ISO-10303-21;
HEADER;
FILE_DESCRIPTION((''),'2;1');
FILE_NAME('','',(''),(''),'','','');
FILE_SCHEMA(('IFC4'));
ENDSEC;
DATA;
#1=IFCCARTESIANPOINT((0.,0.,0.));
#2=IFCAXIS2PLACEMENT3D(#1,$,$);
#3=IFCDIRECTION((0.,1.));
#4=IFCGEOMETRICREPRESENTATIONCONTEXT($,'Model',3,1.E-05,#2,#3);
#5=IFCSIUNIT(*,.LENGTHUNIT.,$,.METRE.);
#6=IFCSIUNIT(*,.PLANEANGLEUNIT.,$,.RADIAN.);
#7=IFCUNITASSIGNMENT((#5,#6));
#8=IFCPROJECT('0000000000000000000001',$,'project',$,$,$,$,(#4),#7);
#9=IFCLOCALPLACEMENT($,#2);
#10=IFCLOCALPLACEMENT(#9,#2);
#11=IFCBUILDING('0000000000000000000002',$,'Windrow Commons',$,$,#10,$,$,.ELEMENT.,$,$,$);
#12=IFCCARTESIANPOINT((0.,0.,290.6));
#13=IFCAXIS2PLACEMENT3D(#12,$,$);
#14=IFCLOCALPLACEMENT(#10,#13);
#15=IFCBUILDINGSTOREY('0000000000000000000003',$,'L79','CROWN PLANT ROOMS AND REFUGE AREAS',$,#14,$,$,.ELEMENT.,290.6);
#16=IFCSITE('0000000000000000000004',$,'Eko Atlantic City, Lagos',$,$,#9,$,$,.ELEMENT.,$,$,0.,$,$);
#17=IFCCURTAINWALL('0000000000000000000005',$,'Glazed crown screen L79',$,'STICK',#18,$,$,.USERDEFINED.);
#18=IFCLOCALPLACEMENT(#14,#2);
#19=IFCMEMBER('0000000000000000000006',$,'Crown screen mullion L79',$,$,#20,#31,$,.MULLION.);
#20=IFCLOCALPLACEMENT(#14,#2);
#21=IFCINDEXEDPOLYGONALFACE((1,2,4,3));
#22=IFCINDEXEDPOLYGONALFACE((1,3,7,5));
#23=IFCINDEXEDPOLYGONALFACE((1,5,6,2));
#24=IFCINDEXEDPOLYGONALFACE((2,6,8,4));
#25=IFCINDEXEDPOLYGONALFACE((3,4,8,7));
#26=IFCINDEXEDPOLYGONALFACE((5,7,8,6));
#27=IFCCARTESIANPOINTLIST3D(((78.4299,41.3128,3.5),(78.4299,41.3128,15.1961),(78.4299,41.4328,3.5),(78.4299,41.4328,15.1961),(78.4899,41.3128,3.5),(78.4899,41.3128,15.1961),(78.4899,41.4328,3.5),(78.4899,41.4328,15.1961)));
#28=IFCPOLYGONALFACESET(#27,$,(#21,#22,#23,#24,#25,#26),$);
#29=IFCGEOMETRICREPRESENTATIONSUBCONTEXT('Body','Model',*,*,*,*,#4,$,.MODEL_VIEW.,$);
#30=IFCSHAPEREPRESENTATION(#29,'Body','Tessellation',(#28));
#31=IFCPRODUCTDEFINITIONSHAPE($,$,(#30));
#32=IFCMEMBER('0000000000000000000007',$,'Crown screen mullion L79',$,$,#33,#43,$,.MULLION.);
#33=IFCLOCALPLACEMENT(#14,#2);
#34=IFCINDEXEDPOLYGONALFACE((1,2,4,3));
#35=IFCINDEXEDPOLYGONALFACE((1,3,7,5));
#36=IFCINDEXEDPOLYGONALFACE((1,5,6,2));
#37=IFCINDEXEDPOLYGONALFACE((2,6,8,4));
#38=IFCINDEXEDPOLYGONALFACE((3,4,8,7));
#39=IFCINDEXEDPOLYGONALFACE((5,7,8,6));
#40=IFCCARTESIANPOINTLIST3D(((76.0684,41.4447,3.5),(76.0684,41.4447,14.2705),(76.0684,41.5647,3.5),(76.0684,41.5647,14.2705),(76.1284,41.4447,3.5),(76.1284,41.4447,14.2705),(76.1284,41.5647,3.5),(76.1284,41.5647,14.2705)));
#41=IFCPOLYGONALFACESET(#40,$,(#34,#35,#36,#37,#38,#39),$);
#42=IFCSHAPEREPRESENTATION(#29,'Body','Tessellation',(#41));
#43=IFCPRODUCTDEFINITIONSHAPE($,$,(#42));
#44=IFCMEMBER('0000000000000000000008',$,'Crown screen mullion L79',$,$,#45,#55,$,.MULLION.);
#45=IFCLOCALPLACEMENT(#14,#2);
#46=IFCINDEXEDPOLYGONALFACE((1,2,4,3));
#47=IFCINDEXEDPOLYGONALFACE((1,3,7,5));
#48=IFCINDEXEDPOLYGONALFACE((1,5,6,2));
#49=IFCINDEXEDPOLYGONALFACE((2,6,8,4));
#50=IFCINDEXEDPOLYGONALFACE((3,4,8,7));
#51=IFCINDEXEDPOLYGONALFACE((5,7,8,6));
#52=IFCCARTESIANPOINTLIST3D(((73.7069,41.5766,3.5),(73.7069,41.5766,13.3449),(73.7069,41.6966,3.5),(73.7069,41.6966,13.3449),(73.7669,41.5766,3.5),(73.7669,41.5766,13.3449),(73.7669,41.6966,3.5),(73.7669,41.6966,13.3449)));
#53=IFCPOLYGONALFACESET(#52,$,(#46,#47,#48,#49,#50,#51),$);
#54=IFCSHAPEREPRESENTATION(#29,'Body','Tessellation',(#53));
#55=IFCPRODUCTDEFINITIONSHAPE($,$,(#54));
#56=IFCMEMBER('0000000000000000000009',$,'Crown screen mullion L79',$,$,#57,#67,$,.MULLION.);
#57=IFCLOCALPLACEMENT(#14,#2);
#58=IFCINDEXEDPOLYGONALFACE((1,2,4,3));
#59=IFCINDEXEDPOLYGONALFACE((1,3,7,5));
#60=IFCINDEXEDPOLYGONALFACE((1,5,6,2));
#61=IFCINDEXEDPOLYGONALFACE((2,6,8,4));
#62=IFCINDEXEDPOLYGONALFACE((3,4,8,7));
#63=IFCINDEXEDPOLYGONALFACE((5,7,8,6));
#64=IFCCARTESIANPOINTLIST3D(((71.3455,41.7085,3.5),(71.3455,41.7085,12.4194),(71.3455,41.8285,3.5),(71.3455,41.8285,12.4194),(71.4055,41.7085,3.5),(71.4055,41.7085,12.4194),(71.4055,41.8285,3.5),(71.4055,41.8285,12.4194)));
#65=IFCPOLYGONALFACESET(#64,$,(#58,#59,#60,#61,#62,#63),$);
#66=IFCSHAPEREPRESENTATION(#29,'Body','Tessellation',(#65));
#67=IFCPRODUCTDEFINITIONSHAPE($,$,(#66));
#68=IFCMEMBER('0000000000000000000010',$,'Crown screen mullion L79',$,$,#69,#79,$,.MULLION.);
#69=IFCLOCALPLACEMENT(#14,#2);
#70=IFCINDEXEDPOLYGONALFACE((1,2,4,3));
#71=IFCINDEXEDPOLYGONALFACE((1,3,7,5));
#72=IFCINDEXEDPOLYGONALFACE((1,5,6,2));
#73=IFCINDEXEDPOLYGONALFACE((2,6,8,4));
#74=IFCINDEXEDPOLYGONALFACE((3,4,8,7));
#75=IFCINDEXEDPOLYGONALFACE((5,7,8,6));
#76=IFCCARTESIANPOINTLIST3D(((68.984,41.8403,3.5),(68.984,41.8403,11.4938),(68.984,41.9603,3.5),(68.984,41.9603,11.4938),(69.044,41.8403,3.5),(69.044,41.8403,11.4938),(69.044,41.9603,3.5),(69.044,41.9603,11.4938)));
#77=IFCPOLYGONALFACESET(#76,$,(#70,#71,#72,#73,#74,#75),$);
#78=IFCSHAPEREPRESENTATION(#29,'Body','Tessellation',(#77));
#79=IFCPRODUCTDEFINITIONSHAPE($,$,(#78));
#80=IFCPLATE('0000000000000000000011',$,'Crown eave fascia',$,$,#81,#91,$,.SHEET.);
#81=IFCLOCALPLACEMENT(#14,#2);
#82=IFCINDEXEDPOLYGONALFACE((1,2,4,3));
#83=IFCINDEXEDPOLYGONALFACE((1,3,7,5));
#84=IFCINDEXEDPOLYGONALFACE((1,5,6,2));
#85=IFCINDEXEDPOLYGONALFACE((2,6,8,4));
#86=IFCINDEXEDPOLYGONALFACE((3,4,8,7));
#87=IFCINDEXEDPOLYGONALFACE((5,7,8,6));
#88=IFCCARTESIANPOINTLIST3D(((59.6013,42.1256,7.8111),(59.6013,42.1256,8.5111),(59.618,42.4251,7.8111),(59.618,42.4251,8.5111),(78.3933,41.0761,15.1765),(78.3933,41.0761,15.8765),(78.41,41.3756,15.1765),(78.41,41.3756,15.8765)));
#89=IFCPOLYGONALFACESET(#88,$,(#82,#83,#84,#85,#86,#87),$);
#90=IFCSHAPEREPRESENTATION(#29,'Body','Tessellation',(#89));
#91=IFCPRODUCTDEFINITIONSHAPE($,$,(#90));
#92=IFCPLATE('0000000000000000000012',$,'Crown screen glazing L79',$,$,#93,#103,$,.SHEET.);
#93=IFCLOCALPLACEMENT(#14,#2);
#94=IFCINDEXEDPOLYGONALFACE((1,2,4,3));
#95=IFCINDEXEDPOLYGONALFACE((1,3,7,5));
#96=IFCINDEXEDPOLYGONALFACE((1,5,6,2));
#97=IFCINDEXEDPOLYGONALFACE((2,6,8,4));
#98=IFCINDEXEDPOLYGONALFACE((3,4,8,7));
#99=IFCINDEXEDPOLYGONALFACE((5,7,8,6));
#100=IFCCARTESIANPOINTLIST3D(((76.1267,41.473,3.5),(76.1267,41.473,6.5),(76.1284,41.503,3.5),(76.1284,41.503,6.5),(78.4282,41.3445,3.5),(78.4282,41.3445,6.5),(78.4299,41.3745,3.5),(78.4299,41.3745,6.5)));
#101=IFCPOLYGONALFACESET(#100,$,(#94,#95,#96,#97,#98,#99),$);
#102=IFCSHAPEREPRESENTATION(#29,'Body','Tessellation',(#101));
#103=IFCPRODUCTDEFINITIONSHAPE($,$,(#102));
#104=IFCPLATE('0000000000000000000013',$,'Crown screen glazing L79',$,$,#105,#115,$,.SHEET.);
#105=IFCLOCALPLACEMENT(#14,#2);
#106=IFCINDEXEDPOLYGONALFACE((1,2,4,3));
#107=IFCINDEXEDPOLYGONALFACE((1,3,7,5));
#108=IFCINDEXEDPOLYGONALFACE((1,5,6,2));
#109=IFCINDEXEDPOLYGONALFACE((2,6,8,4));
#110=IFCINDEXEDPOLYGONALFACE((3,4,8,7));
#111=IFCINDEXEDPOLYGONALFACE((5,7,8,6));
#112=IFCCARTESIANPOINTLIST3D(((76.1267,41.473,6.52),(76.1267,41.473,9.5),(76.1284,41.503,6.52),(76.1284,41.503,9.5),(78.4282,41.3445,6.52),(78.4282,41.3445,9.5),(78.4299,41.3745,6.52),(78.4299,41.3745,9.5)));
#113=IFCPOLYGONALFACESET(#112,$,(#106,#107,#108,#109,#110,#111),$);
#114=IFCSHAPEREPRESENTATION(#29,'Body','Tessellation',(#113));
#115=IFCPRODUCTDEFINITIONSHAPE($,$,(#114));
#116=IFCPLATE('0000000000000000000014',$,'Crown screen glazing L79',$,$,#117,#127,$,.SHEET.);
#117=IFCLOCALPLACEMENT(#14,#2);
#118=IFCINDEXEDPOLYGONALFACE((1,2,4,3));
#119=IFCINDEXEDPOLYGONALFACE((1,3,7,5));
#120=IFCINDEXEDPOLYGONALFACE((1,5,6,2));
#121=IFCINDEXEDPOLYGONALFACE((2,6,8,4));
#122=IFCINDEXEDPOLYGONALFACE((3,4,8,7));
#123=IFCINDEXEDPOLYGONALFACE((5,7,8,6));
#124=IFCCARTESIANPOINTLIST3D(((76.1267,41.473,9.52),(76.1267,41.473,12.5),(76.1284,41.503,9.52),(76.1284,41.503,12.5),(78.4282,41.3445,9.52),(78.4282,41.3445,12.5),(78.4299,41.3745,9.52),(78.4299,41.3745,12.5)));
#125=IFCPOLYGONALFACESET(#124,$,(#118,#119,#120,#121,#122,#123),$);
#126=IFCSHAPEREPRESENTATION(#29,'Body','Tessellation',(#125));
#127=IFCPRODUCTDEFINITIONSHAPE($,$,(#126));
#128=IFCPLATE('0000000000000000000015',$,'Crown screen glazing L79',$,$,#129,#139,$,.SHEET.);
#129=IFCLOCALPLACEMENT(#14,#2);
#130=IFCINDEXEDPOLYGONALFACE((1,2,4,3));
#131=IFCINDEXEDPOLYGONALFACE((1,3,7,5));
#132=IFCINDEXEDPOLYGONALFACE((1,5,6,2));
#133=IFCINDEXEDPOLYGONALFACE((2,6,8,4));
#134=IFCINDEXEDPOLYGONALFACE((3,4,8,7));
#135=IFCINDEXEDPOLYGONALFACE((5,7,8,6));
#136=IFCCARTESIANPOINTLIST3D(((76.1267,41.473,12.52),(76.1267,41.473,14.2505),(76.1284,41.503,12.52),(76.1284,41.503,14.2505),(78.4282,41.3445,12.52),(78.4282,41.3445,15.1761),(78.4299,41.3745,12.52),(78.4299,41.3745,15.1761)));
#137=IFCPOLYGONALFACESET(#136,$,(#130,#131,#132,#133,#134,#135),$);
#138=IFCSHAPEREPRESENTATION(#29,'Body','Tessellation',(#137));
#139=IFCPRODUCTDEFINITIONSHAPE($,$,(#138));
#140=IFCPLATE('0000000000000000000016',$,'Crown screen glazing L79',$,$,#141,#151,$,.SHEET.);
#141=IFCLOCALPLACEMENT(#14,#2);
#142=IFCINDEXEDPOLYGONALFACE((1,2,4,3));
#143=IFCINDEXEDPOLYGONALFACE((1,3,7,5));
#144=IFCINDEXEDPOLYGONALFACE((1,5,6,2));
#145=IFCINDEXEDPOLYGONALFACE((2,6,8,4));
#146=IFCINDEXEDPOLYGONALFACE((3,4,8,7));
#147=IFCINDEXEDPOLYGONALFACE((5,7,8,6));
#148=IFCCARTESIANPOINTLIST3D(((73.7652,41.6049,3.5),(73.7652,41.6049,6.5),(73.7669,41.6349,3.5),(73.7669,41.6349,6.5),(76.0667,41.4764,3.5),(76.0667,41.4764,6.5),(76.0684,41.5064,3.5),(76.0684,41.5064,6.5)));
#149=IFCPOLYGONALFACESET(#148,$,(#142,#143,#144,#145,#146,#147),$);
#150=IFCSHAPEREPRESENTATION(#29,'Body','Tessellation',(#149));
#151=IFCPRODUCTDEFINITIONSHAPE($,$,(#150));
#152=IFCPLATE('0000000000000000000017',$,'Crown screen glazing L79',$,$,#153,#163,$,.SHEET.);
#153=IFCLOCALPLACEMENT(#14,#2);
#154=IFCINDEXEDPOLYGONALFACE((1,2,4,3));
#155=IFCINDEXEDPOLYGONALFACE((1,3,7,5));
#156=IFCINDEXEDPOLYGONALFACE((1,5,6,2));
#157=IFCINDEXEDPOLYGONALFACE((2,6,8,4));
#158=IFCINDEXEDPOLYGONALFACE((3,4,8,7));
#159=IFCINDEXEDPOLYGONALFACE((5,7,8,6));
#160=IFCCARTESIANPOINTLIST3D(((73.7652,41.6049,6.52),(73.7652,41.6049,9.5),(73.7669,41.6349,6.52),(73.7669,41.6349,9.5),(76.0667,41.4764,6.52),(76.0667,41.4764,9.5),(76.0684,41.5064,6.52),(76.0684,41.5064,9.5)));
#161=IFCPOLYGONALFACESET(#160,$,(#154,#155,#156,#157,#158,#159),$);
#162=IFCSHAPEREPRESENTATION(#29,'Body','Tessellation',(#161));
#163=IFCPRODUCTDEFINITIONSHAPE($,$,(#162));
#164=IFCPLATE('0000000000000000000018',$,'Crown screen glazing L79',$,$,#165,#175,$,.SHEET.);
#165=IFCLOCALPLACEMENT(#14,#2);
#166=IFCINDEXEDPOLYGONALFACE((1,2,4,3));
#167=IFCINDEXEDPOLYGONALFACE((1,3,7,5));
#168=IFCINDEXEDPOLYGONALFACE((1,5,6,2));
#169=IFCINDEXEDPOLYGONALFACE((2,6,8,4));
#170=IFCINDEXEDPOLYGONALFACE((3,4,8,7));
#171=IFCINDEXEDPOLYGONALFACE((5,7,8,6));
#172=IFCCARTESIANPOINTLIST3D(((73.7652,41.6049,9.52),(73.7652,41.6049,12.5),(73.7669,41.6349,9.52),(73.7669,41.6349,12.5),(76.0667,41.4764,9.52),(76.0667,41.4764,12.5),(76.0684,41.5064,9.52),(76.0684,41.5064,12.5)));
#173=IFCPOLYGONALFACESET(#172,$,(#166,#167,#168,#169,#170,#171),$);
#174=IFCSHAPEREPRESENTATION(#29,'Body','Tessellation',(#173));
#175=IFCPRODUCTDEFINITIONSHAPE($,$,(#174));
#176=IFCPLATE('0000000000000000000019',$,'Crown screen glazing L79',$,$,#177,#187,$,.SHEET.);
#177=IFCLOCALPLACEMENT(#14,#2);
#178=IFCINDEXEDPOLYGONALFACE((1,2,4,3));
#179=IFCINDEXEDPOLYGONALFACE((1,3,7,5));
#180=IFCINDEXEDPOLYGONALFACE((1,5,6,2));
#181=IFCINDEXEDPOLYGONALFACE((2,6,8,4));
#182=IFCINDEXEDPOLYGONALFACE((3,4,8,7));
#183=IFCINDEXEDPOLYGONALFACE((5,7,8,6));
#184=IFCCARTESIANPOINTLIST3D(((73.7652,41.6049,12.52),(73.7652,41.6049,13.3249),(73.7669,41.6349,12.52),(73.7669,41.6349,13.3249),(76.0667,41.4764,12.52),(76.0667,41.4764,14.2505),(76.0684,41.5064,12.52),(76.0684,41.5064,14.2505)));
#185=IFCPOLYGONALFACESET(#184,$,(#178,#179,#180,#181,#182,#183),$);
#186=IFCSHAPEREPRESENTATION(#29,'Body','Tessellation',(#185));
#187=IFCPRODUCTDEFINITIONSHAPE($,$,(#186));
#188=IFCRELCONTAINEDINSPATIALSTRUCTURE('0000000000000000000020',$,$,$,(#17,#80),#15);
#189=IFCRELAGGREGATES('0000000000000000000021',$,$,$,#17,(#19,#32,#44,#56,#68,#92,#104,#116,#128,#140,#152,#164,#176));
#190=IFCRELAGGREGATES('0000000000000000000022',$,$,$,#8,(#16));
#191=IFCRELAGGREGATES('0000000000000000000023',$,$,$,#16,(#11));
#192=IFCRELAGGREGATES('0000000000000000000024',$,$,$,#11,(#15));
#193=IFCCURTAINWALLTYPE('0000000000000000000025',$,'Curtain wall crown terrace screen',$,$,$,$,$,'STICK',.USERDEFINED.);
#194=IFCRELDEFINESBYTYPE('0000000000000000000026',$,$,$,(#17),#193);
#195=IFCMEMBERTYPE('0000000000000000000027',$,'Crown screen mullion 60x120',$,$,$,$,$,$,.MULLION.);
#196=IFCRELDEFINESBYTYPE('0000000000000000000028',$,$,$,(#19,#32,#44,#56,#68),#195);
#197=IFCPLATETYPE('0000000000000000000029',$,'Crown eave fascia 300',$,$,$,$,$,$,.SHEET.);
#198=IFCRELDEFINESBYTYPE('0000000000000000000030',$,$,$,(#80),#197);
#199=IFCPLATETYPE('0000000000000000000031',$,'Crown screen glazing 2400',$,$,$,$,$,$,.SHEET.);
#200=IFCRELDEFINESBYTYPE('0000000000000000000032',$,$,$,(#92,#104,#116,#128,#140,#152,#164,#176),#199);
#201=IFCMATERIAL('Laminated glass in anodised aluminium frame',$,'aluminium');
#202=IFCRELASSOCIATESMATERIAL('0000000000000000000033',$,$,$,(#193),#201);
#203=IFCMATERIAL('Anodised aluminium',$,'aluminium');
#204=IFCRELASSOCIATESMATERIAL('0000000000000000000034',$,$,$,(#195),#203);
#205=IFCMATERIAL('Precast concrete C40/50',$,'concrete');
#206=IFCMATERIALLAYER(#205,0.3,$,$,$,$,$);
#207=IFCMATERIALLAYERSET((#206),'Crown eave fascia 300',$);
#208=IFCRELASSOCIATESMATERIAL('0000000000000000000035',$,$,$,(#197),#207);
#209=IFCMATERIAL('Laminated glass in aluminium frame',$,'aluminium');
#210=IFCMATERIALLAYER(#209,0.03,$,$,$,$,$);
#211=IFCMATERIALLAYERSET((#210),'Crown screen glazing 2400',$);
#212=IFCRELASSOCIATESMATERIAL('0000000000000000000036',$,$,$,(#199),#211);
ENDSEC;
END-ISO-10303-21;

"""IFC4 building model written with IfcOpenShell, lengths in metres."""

from ifc_helpers import new_model, si_unit, direction, frame, origin, origin_2d, place, context, subcontext, project, spatial, polyline, rectangle, outline, extrude, material, layer, layer_set, material_profile, profile_set, type_object, element, aggregate, save


model = new_model("IFC4")

# Units and contexts
model_context = context("Model", 3, precision=1e-05, world=origin(), true_north=direction((0.0, 1.0)))
body_context = subcontext(model_context, "Body", "Model", "MODEL_VIEW")
ifc_project = project(units=[si_unit("LENGTHUNIT", "METRE"), si_unit("PLANEANGLEUNIT", "RADIAN")], contexts=[model_context])

# Site, building, storey
site_placement = place(None, origin())
site = spatial("IfcSite", under=ifc_project, at=site_placement, Name="Eko Atlantic City, Lagos", CompositionType="ELEMENT", RefElevation=0.0)
building_placement = place(site_placement, origin())
building = spatial("IfcBuilding", under=site, at=building_placement, Name="Windrow Commons", CompositionType="ELEMENT")
storey_placement = place(building_placement, frame((0.0, 0.0, 290.6)))
storey = spatial("IfcBuildingStorey", under=building, at=storey_placement, Name="L79", Description="CROWN PLANT ROOMS AND REFUGE AREAS", CompositionType="ELEMENT", Elevation=290.6)

# Curtain wall, members
ifc_material_1 = material(Name="Laminated glass in anodised aluminium frame", Category="aluminium")
curtain_wall_type = type_object("IfcCurtainWallType", Name="Curtain wall crown terrace screen", ElementType="STICK", PredefinedType="USERDEFINED", material=ifc_material_1)
curtain_wall_placement = place(storey_placement, origin())
curtain_wall = element("IfcCurtainWall", 1, at=curtain_wall_placement, inside=storey, type_object=curtain_wall_type, Name="Glazed crown screen L79", ObjectType="STICK", PredefinedType="USERDEFINED")
ifc_material_2 = material(Name="Anodised aluminium", Category="aluminium")
ifc_material_profile = material_profile(ifc_material_2, rectangle(XDim=0.06, YDim=0.12, at=origin_2d()))
ifc_profile_set = profile_set([ifc_material_profile], Name="Anodised aluminium")
member_type = type_object("IfcMemberType", Name="Crown screen mullion 60x120", PredefinedType="MULLION", material=ifc_profile_set)
member_1_placement = place(storey_placement, frame((78.4599, 41.3728, 3.5), z_axis=(0.0, 0.0, 1.0), x_axis=(1.0, 0.0, 0.0)))
member_1 = element("IfcMember", 2, at=member_1_placement, type_object=member_type, Name="Crown screen mullion L79", PredefinedType="MULLION", context=body_context, shape_type="SweptSolid", body=[
    extrude(rectangle(XDim=0.06, YDim=0.12, at=origin_2d()), origin(), (0.0, 0.0, 1.0), 11.6961),
])
member_2_placement = place(storey_placement, frame((76.0984, 41.5047, 3.5), z_axis=(0.0, 0.0, 1.0), x_axis=(1.0, 0.0, 0.0)))
member_2 = element("IfcMember", 3, at=member_2_placement, type_object=member_type, Name="Crown screen mullion L79", PredefinedType="MULLION", context=body_context, shape_type="SweptSolid", body=[
    extrude(rectangle(XDim=0.06, YDim=0.12, at=origin_2d()), origin(), (0.0, 0.0, 1.0), 10.7705),
])
member_3_placement = place(storey_placement, frame((73.7369, 41.6366, 3.5), z_axis=(0.0, 0.0, 1.0), x_axis=(1.0, 0.0, 0.0)))
member_3 = element("IfcMember", 4, at=member_3_placement, type_object=member_type, Name="Crown screen mullion L79", PredefinedType="MULLION", context=body_context, shape_type="SweptSolid", body=[
    extrude(rectangle(XDim=0.06, YDim=0.12, at=origin_2d()), origin(), (0.0, 0.0, 1.0), 9.8449),
])
member_4_placement = place(storey_placement, frame((71.3755, 41.7685, 3.5), z_axis=(0.0, 0.0, 1.0), x_axis=(1.0, 0.0, 0.0)))
member_4 = element("IfcMember", 5, at=member_4_placement, type_object=member_type, Name="Crown screen mullion L79", PredefinedType="MULLION", context=body_context, shape_type="SweptSolid", body=[
    extrude(rectangle(XDim=0.06, YDim=0.12, at=origin_2d()), origin(), (0.0, 0.0, 1.0), 8.9194),
])
member_5_placement = place(storey_placement, frame((69.014, 41.9003, 3.5), z_axis=(0.0, 0.0, 1.0), x_axis=(1.0, 0.0, 0.0)))
member_5 = element("IfcMember", 6, at=member_5_placement, type_object=member_type, Name="Crown screen mullion L79", PredefinedType="MULLION", context=body_context, shape_type="SweptSolid", body=[
    extrude(rectangle(XDim=0.06, YDim=0.12, at=origin_2d()), origin(), (0.0, 0.0, 1.0), 7.9938),
])

# Plates
ifc_material_3 = material(Name="Precast concrete C40/50", Category="concrete")
ifc_layer_1 = layer(ifc_material_3, 0.3)
ifc_layer_set_1 = layer_set([ifc_layer_1], Name="Crown eave fascia 300")
plate_type_1 = type_object("IfcPlateType", Name="Crown eave fascia 300", PredefinedType="SHEET", material=ifc_layer_set_1)
plate_1_placement = place(storey_placement, frame((78.41, 41.3756, 15.1765), z_axis=(0.055761, 0.998444, 0.0), x_axis=(-0.929785, 0.051927, -0.364423)))
element("IfcPlate", 7, at=plate_1_placement, inside=storey, type_object=plate_type_1, Name="Crown eave fascia", PredefinedType="SHEET", context=body_context, shape_type="SweptSolid", body=[
    extrude(outline(polyline([(0.0, 0.0), (20.2111, 0.0), (19.956, 0.6519), (-0.2551, 0.6519), (0.0, 0.0)])), origin(), (0.0, 0.0, -1.0), 0.3),
])
ifc_material_4 = material(Name="Laminated glass in aluminium frame", Category="aluminium")
ifc_layer_2 = layer(ifc_material_4, 0.03)
ifc_layer_set_2 = layer_set([ifc_layer_2], Name="Crown screen glazing 2400")
plate_type_2 = type_object("IfcPlateType", Name="Crown screen glazing 2400", PredefinedType="SHEET", material=ifc_layer_set_2)
plate_2_placement = place(storey_placement, frame((78.4299, 41.3745, 3.5), z_axis=(0.055746, 0.998445, 0.0), x_axis=(-0.998445, 0.055746, 0.0)))
plate_2 = element("IfcPlate", 8, at=plate_2_placement, type_object=plate_type_2, Name="Crown screen glazing L79", PredefinedType="SHEET", context=body_context, shape_type="SweptSolid", body=[
    extrude(outline(polyline([(0.0, 0.0), (2.3051, 0.0), (2.3051, 3.0), (0.0, 3.0), (0.0, 0.0)])), origin(), (0.0, 0.0, -1.0), 0.03),
])
plate_3_placement = place(storey_placement, frame((78.4299, 41.3745, 6.52), z_axis=(0.055746, 0.998445, 0.0), x_axis=(-0.998445, 0.055746, 0.0)))
plate_3 = element("IfcPlate", 9, at=plate_3_placement, type_object=plate_type_2, Name="Crown screen glazing L79", PredefinedType="SHEET", context=body_context, shape_type="SweptSolid", body=[
    extrude(outline(polyline([(0.0, 0.0), (2.3051, 0.0), (2.3051, 2.98), (0.0, 2.98), (0.0, 0.0)])), origin(), (0.0, 0.0, -1.0), 0.03),
])
plate_4_placement = place(storey_placement, frame((78.4299, 41.3745, 9.52), z_axis=(0.055746, 0.998445, 0.0), x_axis=(-0.998445, 0.055746, 0.0)))
plate_4 = element("IfcPlate", 10, at=plate_4_placement, type_object=plate_type_2, Name="Crown screen glazing L79", PredefinedType="SHEET", context=body_context, shape_type="SweptSolid", body=[
    extrude(outline(polyline([(0.0, 0.0), (2.3051, 0.0), (2.3051, 2.98), (0.0, 2.98), (0.0, 0.0)])), origin(), (0.0, 0.0, -1.0), 0.03),
])
plate_5_placement = place(storey_placement, frame((78.4299, 41.3745, 12.52), z_axis=(0.055746, 0.998445, 0.0), x_axis=(-0.998445, 0.055746, 0.0)))
plate_5 = element("IfcPlate", 11, at=plate_5_placement, type_object=plate_type_2, Name="Crown screen glazing L79", PredefinedType="SHEET", context=body_context, shape_type="SweptSolid", body=[
    extrude(outline(polyline([(0.0, 0.0), (2.3051, 0.0), (2.3051, 1.7305), (0.0, 2.6561), (0.0, 0.0)])), origin(), (0.0, 0.0, -1.0), 0.03),
])
plate_6_placement = place(storey_placement, frame((76.0684, 41.5064, 3.5), z_axis=(0.055746, 0.998445, 0.0), x_axis=(-0.998445, 0.055746, 0.0)))
plate_6 = element("IfcPlate", 12, at=plate_6_placement, type_object=plate_type_2, Name="Crown screen glazing L79", PredefinedType="SHEET", context=body_context, shape_type="SweptSolid", body=[
    extrude(outline(polyline([(0.0, 0.0), (2.3051, 0.0), (2.3051, 3.0), (0.0, 3.0), (0.0, 0.0)])), origin(), (0.0, 0.0, -1.0), 0.03),
])
plate_7_placement = place(storey_placement, frame((76.0684, 41.5064, 6.52), z_axis=(0.055746, 0.998445, 0.0), x_axis=(-0.998445, 0.055746, 0.0)))
plate_7 = element("IfcPlate", 13, at=plate_7_placement, type_object=plate_type_2, Name="Crown screen glazing L79", PredefinedType="SHEET", context=body_context, shape_type="SweptSolid", body=[
    extrude(outline(polyline([(0.0, 0.0), (2.3051, 0.0), (2.3051, 2.98), (0.0, 2.98), (0.0, 0.0)])), origin(), (0.0, 0.0, -1.0), 0.03),
])
plate_8_placement = place(storey_placement, frame((76.0684, 41.5064, 9.52), z_axis=(0.055746, 0.998445, 0.0), x_axis=(-0.998445, 0.055746, 0.0)))
plate_8 = element("IfcPlate", 14, at=plate_8_placement, type_object=plate_type_2, Name="Crown screen glazing L79", PredefinedType="SHEET", context=body_context, shape_type="SweptSolid", body=[
    extrude(outline(polyline([(0.0, 0.0), (2.3051, 0.0), (2.3051, 2.98), (0.0, 2.98), (0.0, 0.0)])), origin(), (0.0, 0.0, -1.0), 0.03),
])
plate_9_placement = place(storey_placement, frame((76.0684, 41.5064, 12.52), z_axis=(0.055746, 0.998445, 0.0), x_axis=(-0.998445, 0.055746, 0.0)))
plate_9 = element("IfcPlate", 15, at=plate_9_placement, type_object=plate_type_2, Name="Crown screen glazing L79", PredefinedType="SHEET", context=body_context, shape_type="SweptSolid", body=[
    extrude(outline(polyline([(0.0, 0.0), (2.3051, 0.0), (2.3051, 0.8049), (0.0, 1.7305), (0.0, 0.0)])), origin(), (0.0, 0.0, -1.0), 0.03),
])
aggregate(curtain_wall, [member_1, member_2, member_3, member_4, member_5, plate_2, plate_3, plate_4, plate_5, plate_6, plate_7, plate_8, plate_9])

save(model, "model.ifc")
